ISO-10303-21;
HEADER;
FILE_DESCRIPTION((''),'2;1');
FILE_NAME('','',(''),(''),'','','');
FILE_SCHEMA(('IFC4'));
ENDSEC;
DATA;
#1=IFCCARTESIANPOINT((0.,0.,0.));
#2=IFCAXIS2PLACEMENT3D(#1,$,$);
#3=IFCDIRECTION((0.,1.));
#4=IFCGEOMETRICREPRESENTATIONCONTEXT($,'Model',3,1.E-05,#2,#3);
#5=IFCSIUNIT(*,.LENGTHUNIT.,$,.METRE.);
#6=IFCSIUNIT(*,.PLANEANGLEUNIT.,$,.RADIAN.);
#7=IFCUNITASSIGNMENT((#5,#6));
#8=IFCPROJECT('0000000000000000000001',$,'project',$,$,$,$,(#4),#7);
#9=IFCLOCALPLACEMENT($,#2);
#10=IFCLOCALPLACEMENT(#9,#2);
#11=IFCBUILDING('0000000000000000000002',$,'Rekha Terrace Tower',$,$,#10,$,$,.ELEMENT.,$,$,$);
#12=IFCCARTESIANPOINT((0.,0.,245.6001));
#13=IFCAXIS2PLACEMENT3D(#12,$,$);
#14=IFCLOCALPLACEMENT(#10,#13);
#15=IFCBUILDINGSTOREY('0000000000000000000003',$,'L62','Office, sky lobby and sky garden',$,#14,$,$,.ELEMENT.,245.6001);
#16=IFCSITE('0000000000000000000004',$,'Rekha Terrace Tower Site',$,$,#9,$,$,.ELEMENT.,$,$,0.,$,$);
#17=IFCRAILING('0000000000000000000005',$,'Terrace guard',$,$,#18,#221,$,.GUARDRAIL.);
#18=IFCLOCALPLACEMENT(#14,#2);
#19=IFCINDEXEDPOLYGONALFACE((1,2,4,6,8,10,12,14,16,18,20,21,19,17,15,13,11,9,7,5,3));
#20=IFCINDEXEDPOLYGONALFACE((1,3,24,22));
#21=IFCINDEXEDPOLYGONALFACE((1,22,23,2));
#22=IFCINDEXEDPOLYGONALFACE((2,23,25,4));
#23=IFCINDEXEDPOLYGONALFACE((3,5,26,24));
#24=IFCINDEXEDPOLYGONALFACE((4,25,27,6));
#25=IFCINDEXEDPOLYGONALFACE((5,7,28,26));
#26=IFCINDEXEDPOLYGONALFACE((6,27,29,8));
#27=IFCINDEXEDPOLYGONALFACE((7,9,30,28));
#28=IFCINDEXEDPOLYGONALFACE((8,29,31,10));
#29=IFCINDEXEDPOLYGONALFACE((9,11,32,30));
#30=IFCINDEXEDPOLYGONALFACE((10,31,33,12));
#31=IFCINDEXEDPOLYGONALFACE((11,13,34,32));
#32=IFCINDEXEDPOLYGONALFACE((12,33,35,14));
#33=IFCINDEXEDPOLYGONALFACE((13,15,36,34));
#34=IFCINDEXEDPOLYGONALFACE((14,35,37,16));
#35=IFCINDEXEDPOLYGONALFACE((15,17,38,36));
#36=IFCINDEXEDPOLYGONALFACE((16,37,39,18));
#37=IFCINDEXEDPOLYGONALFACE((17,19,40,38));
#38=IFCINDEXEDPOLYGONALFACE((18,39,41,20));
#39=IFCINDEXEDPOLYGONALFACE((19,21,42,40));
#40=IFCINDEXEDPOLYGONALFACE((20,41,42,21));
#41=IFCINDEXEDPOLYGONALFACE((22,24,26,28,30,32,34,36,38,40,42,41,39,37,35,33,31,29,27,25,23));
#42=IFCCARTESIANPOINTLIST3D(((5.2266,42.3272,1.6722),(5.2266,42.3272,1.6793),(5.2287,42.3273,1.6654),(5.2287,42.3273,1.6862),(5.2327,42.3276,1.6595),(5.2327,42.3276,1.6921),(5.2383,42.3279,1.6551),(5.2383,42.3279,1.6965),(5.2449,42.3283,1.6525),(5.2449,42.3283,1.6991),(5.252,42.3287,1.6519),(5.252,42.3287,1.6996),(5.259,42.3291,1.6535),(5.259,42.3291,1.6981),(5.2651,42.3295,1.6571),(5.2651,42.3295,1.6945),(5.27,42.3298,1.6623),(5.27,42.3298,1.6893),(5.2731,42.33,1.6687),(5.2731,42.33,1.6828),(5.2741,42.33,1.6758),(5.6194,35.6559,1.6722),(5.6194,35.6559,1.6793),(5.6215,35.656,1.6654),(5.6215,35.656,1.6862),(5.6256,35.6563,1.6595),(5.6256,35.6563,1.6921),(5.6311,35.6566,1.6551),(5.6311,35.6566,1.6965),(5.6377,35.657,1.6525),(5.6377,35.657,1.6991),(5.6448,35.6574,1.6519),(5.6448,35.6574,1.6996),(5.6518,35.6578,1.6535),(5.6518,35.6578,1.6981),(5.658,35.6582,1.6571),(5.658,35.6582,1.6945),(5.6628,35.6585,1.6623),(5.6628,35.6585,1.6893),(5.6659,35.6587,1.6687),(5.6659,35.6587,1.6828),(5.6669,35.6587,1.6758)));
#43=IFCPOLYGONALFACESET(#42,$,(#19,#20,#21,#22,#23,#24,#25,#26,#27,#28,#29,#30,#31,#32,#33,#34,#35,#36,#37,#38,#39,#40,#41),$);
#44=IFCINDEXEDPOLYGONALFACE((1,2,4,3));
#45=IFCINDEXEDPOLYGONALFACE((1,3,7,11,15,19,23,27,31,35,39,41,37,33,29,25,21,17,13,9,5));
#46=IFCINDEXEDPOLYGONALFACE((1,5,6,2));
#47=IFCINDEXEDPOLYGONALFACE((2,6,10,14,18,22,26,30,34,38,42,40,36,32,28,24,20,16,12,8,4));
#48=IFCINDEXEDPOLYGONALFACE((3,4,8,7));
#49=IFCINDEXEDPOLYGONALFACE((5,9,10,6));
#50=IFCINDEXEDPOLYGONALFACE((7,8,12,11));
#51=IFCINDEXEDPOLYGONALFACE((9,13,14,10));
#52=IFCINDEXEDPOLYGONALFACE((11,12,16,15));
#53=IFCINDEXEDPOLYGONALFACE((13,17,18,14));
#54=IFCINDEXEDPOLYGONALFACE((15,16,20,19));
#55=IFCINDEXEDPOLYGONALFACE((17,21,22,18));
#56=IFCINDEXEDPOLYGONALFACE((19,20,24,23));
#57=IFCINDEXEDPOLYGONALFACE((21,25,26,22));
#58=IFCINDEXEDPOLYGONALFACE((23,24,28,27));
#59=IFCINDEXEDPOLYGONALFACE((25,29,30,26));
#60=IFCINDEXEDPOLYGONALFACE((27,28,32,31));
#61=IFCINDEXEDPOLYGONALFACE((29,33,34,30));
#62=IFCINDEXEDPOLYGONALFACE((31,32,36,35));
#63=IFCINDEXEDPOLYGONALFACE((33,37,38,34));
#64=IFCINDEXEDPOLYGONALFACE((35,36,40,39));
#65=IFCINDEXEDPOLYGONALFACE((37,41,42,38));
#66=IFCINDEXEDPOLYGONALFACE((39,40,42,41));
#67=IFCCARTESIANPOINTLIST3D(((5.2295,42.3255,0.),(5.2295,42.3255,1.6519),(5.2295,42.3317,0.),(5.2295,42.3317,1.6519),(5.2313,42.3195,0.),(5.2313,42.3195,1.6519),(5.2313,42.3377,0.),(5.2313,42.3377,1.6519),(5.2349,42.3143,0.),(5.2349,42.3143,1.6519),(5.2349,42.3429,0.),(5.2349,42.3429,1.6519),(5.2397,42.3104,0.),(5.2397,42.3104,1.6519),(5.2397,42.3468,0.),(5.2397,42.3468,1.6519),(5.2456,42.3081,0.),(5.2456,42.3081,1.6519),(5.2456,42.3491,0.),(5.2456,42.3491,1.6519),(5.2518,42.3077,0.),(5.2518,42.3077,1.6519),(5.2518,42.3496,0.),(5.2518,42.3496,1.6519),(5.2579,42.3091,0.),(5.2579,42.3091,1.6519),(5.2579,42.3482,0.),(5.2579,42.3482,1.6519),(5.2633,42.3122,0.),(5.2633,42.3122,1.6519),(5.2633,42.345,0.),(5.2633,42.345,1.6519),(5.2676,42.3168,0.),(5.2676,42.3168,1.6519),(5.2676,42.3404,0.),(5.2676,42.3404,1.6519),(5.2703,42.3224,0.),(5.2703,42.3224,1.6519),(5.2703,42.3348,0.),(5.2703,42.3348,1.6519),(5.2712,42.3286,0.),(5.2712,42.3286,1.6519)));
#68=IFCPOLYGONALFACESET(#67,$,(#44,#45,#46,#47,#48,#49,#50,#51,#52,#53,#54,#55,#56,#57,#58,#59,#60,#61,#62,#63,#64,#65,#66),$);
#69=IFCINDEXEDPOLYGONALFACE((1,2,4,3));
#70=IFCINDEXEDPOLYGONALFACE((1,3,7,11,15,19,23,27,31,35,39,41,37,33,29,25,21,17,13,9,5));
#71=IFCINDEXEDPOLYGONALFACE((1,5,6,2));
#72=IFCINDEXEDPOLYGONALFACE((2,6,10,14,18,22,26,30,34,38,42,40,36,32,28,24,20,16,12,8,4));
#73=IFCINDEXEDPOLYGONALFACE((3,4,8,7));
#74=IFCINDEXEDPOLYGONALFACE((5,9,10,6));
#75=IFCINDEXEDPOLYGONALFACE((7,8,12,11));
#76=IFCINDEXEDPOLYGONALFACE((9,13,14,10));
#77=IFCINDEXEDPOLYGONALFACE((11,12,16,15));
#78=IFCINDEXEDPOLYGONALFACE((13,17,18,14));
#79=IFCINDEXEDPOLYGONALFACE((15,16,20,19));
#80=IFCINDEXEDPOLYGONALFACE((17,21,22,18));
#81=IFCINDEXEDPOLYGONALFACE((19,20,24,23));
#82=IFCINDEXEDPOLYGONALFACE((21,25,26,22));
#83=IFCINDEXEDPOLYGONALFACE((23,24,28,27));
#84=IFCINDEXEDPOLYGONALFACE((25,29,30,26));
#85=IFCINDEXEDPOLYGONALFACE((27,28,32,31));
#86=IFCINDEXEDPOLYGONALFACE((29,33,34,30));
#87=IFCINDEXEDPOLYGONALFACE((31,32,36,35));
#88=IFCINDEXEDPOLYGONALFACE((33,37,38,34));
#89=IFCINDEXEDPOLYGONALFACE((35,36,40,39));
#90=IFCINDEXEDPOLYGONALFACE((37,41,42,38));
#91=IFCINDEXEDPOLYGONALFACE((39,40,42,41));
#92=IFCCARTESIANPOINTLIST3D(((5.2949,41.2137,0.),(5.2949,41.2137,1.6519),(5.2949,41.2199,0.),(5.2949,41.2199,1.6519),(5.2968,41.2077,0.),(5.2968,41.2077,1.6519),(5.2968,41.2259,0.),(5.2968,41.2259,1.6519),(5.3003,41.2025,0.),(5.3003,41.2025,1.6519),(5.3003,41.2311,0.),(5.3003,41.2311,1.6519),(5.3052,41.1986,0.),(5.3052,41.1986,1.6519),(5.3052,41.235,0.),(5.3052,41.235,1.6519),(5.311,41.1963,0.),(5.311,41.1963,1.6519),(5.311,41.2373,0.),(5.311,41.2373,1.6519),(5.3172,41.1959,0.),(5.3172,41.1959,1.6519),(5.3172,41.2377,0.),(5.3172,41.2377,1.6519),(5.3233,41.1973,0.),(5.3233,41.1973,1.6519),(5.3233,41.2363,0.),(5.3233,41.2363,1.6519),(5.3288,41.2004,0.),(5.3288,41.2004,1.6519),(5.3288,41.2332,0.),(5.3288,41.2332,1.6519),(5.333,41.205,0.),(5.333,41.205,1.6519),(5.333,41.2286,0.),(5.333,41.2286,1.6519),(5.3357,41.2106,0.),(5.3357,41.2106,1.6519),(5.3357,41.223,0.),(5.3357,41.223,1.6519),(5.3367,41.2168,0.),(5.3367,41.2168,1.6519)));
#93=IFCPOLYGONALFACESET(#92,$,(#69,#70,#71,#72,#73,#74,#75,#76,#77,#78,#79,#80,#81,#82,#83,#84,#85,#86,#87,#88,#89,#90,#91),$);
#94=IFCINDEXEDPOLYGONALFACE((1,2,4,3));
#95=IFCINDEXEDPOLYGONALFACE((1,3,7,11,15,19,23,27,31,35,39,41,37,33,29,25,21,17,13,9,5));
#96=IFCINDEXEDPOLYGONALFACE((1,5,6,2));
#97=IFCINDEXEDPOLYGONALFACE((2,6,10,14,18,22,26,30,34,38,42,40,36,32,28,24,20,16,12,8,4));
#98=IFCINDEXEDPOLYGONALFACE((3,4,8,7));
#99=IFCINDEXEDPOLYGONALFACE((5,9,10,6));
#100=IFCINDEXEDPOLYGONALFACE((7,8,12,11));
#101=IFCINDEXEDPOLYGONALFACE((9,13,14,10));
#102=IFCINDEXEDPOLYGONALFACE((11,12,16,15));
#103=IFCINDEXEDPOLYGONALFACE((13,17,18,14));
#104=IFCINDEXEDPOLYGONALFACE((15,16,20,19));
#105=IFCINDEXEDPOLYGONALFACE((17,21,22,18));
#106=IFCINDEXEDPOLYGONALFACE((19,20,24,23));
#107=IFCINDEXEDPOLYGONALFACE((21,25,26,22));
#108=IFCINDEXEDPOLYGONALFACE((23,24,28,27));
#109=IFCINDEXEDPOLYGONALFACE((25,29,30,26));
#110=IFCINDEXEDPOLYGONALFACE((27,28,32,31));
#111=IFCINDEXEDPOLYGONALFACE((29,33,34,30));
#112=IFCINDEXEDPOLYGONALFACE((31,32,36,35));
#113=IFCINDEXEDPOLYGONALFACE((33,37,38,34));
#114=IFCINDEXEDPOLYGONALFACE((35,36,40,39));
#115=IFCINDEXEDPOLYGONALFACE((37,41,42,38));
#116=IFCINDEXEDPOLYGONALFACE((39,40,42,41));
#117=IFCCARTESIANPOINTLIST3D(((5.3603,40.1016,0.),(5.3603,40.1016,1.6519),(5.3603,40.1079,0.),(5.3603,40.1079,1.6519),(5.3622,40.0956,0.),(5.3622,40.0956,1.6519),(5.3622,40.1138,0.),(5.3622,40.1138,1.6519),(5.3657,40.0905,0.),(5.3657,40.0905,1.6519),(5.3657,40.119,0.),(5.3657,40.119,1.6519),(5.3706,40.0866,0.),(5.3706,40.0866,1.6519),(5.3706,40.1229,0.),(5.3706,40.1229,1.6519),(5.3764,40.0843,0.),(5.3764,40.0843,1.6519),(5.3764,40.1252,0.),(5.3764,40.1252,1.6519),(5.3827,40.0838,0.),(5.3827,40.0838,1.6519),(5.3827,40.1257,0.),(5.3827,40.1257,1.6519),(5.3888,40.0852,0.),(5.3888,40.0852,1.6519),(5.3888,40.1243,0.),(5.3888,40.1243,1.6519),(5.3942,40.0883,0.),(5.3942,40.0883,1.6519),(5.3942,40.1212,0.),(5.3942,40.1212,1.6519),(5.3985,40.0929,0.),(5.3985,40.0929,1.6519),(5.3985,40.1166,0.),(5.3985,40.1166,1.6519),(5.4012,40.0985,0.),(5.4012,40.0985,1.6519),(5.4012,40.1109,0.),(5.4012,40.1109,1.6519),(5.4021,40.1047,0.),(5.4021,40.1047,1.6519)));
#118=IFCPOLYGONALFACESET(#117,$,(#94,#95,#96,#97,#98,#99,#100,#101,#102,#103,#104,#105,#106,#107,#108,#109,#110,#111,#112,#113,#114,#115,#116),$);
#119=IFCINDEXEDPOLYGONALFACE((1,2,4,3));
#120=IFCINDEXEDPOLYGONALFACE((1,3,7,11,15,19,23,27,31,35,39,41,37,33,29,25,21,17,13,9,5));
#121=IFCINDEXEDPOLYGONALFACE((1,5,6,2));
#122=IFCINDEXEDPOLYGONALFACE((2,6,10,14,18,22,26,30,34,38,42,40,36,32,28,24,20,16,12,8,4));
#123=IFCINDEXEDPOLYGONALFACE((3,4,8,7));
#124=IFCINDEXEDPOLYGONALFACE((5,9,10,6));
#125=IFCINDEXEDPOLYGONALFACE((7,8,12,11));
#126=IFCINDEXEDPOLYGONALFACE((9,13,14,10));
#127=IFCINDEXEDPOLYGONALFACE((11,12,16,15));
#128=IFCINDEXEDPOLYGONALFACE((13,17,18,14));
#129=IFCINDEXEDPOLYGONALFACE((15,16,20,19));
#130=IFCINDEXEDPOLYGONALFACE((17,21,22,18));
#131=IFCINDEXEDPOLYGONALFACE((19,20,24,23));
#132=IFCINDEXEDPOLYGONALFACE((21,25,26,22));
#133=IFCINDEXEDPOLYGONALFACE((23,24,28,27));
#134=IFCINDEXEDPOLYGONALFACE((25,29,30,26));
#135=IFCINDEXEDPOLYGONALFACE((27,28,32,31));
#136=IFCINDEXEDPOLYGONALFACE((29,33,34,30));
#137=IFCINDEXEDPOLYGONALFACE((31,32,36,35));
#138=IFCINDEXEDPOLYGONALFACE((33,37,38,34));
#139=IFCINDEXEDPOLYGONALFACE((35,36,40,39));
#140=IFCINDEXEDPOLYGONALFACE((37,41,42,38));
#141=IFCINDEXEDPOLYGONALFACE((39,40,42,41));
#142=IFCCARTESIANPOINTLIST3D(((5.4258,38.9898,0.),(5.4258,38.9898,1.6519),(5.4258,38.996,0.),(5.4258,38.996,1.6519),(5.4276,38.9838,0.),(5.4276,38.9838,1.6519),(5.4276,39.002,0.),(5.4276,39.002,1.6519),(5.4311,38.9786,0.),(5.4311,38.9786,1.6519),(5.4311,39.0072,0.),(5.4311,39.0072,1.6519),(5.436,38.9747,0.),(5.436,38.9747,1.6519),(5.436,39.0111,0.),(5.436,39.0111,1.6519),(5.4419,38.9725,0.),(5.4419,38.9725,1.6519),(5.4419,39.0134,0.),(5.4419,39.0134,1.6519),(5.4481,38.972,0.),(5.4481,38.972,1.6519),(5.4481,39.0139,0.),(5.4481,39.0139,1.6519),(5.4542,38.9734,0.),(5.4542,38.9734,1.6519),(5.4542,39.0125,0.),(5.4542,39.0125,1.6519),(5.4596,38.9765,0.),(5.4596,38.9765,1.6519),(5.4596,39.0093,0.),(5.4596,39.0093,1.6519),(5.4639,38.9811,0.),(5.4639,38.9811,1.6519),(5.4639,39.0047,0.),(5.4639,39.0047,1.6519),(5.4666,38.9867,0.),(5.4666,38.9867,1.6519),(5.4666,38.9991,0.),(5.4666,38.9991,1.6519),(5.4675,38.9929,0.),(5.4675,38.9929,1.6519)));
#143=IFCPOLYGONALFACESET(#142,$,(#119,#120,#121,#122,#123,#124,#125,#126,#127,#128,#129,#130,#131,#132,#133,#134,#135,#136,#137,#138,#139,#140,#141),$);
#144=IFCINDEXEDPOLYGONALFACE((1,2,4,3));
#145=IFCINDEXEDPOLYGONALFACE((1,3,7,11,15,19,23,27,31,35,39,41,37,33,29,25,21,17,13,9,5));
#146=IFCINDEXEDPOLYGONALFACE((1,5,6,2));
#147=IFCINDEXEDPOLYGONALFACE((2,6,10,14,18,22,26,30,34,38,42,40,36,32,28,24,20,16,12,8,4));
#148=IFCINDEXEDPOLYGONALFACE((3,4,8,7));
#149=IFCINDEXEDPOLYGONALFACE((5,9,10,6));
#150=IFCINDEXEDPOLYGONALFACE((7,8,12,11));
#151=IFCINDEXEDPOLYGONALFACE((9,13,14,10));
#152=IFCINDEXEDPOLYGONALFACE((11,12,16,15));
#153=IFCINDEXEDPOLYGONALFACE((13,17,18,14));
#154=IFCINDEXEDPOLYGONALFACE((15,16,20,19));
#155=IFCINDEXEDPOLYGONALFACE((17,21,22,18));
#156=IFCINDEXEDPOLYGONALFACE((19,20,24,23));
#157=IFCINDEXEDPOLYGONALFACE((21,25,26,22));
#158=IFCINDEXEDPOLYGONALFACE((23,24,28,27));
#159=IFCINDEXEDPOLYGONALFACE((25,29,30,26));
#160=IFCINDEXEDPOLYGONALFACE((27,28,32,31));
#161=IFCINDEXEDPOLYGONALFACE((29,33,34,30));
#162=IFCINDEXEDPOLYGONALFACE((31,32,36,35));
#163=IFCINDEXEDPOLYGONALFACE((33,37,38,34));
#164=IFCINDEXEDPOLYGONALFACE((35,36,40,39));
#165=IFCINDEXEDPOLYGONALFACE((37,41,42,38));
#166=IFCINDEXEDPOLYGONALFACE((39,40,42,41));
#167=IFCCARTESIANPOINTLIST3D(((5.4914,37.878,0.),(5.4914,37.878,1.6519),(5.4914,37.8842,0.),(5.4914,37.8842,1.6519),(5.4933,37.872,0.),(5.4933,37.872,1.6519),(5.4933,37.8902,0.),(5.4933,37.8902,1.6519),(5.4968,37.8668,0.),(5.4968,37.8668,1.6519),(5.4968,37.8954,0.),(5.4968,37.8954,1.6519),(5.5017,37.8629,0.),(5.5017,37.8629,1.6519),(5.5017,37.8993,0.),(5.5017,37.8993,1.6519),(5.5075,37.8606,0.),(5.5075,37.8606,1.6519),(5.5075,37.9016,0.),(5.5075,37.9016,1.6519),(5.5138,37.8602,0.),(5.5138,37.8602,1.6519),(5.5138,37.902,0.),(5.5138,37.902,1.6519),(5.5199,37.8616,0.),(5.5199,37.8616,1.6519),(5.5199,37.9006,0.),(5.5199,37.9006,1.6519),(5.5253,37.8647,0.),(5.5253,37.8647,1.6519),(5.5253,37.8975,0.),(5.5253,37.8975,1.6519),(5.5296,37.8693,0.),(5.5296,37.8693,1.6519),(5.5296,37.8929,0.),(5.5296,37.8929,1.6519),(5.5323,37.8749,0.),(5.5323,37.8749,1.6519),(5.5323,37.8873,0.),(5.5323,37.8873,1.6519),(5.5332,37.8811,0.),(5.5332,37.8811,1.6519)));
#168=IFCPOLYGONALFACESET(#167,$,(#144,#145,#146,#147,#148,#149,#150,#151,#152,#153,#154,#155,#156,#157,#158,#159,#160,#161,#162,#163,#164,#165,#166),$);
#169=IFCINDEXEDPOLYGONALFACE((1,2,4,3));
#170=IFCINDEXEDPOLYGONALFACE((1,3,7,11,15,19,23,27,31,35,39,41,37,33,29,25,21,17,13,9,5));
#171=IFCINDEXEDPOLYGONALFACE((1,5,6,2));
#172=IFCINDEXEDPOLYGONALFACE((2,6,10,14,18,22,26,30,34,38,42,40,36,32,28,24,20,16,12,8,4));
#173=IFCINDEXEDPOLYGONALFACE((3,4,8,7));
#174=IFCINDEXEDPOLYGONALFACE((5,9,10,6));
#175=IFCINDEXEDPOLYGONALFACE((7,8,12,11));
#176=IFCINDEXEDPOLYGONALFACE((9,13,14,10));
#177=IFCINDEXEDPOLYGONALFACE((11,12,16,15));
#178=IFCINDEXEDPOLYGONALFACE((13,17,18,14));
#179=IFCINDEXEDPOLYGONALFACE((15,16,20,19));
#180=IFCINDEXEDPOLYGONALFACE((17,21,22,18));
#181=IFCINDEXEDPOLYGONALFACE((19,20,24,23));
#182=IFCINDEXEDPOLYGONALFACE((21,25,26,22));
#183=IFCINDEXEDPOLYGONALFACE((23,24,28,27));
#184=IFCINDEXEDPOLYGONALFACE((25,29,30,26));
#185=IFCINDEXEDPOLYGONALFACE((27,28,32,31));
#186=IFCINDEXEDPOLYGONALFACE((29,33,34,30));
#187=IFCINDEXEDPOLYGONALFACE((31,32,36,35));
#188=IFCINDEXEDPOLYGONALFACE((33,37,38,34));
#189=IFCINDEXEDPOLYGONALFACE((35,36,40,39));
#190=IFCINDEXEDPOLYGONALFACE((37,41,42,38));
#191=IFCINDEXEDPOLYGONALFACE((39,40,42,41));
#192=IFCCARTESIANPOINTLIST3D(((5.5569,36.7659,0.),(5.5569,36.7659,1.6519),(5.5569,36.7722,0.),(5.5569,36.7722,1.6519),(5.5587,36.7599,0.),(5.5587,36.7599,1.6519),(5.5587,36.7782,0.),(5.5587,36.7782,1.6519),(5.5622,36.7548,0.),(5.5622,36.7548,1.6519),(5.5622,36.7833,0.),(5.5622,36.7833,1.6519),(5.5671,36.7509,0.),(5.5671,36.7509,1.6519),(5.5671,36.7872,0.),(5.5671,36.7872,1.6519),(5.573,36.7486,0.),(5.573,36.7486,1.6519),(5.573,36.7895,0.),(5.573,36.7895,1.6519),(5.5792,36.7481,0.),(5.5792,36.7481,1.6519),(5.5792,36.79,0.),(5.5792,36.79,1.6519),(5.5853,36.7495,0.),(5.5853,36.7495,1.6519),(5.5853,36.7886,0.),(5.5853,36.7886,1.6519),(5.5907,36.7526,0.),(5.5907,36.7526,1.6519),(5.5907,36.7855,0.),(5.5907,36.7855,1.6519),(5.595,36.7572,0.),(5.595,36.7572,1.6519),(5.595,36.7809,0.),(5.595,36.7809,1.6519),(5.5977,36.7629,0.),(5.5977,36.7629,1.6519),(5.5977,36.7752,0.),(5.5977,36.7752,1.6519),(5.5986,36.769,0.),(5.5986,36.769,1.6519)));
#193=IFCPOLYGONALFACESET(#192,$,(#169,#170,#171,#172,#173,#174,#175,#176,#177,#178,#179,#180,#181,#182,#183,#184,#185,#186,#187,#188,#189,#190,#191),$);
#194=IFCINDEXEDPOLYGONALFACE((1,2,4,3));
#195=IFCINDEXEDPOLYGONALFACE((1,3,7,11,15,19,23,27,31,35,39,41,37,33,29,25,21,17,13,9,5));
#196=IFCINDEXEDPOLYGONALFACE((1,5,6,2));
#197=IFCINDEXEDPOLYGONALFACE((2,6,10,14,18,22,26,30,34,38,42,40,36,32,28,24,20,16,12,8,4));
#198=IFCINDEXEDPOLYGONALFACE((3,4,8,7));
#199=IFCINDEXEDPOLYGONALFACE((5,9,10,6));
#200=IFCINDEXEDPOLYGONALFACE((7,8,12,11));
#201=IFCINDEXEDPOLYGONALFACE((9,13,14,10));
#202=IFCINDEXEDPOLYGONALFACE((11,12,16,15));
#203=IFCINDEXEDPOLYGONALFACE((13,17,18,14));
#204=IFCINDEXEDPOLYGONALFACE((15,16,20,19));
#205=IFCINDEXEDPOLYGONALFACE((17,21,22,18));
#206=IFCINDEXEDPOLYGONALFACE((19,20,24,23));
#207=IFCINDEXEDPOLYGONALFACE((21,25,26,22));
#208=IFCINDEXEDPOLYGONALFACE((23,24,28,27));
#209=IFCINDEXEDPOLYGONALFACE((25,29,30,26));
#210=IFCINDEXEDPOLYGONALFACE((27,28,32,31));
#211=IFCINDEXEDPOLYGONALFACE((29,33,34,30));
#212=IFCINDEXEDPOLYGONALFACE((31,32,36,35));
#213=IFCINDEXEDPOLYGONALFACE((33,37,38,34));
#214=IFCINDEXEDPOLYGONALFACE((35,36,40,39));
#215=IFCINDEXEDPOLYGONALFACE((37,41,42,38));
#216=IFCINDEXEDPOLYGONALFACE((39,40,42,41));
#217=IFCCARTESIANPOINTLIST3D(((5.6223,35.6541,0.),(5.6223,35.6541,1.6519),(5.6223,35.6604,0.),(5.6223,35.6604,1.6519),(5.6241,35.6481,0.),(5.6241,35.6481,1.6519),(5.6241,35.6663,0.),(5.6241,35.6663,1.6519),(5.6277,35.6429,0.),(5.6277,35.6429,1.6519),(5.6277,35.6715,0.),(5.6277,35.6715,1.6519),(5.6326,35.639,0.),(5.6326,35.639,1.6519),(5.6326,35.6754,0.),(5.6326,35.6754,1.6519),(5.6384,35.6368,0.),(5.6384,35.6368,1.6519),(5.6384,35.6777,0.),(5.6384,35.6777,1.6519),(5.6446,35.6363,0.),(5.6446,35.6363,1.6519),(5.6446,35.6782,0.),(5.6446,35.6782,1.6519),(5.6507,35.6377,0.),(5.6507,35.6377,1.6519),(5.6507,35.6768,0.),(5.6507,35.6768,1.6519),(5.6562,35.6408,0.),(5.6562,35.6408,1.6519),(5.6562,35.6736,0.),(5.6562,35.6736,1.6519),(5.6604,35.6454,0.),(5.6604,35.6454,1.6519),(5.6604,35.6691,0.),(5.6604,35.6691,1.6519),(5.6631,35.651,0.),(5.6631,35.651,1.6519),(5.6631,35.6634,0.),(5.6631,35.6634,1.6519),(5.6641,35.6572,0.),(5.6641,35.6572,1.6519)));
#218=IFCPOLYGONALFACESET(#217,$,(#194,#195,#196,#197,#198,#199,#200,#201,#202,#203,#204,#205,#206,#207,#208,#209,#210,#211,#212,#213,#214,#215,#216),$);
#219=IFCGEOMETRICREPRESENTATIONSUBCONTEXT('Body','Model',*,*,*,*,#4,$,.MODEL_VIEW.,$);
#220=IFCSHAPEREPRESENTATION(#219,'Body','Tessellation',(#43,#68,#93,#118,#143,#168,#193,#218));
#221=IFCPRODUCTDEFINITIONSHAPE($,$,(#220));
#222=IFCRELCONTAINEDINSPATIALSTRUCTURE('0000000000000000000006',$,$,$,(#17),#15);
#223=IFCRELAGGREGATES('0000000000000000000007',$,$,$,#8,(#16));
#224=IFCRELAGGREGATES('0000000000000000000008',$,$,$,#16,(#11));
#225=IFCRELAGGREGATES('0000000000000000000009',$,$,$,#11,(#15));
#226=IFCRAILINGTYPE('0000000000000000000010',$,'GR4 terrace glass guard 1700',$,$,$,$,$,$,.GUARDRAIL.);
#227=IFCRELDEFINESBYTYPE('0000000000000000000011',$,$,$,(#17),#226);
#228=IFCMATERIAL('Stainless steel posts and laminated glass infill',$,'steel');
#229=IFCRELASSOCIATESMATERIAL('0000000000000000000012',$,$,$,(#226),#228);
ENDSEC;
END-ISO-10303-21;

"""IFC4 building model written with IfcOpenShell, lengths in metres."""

from ifc_helpers import new_model, si_unit, direction, frame, origin, origin_2d, place, context, subcontext, project, spatial, circle, extrude, material, type_object, element, save


model = new_model("IFC4")

# Units and contexts
model_context = context("Model", 3, precision=1e-05, world=origin(), true_north=direction((0.0, 1.0)))
body_context = subcontext(model_context, "Body", "Model", "MODEL_VIEW")
ifc_project = project(units=[si_unit("LENGTHUNIT", "METRE"), si_unit("PLANEANGLEUNIT", "RADIAN")], contexts=[model_context])

# Site, building, storey
site_placement = place(None, origin())
site = spatial("IfcSite", under=ifc_project, at=site_placement, Name="Rekha Terrace Tower Site", CompositionType="ELEMENT", RefElevation=0.0)
building_placement = place(site_placement, origin())
building = spatial("IfcBuilding", under=site, at=building_placement, Name="Rekha Terrace Tower", CompositionType="ELEMENT")
storey_placement = place(building_placement, frame((0.0, 0.0, 245.6001)))
storey = spatial("IfcBuildingStorey", under=building, at=storey_placement, Name="L62", Description="Office, sky lobby and sky garden", CompositionType="ELEMENT", Elevation=245.6001)

# Railing
ifc_material_1 = material(Name="Stainless steel posts and laminated glass infill", Category="steel")
railing_type = type_object("IfcRailingType", Name="GR4 terrace glass guard 1700", PredefinedType="GUARDRAIL", material=ifc_material_1)
railing_1_placement = place(storey_placement, frame((5.2502, 42.3286, 0.0)))
element("IfcRailing", 1, at=railing_1_placement, inside=storey, type_object=railing_type, Name="Terrace guard", PredefinedType="GUARDRAIL", context=body_context, shape_type="SweptSolid", body=[
    extrude(circle(Radius=0.0239, at=origin_2d()), frame((0.0, 0.0, 1.6758), z_axis=(0.05878, -0.998271, 0.0), x_axis=(0.998271, 0.05878, 0.0)), (0.0, 0.0, 1.0), 6.6829),
    extrude(circle(Radius=0.021, at=origin_2d()), origin(), (0.0, 0.0, 1.0), 1.6519),
    extrude(circle(Radius=0.021, at=origin_2d()), frame((0.0654, -1.1118, 0.0)), (0.0, 0.0, 1.0), 1.6519),
    extrude(circle(Radius=0.021, at=origin_2d()), frame((0.1309, -2.2239, 0.0)), (0.0, 0.0, 1.0), 1.6519),
    extrude(circle(Radius=0.021, at=origin_2d()), frame((0.1963, -3.3357, 0.0)), (0.0, 0.0, 1.0), 1.6519),
    extrude(circle(Radius=0.021, at=origin_2d()), frame((0.262, -4.4475, 0.0)), (0.0, 0.0, 1.0), 1.6519),
    extrude(circle(Radius=0.021, at=origin_2d()), frame((0.3274, -5.5596, 0.0)), (0.0, 0.0, 1.0), 1.6519),
    extrude(circle(Radius=0.021, at=origin_2d()), frame((0.3928, -6.6714, 0.0)), (0.0, 0.0, 1.0), 1.6519),
])

save(model, "model.ifc")
